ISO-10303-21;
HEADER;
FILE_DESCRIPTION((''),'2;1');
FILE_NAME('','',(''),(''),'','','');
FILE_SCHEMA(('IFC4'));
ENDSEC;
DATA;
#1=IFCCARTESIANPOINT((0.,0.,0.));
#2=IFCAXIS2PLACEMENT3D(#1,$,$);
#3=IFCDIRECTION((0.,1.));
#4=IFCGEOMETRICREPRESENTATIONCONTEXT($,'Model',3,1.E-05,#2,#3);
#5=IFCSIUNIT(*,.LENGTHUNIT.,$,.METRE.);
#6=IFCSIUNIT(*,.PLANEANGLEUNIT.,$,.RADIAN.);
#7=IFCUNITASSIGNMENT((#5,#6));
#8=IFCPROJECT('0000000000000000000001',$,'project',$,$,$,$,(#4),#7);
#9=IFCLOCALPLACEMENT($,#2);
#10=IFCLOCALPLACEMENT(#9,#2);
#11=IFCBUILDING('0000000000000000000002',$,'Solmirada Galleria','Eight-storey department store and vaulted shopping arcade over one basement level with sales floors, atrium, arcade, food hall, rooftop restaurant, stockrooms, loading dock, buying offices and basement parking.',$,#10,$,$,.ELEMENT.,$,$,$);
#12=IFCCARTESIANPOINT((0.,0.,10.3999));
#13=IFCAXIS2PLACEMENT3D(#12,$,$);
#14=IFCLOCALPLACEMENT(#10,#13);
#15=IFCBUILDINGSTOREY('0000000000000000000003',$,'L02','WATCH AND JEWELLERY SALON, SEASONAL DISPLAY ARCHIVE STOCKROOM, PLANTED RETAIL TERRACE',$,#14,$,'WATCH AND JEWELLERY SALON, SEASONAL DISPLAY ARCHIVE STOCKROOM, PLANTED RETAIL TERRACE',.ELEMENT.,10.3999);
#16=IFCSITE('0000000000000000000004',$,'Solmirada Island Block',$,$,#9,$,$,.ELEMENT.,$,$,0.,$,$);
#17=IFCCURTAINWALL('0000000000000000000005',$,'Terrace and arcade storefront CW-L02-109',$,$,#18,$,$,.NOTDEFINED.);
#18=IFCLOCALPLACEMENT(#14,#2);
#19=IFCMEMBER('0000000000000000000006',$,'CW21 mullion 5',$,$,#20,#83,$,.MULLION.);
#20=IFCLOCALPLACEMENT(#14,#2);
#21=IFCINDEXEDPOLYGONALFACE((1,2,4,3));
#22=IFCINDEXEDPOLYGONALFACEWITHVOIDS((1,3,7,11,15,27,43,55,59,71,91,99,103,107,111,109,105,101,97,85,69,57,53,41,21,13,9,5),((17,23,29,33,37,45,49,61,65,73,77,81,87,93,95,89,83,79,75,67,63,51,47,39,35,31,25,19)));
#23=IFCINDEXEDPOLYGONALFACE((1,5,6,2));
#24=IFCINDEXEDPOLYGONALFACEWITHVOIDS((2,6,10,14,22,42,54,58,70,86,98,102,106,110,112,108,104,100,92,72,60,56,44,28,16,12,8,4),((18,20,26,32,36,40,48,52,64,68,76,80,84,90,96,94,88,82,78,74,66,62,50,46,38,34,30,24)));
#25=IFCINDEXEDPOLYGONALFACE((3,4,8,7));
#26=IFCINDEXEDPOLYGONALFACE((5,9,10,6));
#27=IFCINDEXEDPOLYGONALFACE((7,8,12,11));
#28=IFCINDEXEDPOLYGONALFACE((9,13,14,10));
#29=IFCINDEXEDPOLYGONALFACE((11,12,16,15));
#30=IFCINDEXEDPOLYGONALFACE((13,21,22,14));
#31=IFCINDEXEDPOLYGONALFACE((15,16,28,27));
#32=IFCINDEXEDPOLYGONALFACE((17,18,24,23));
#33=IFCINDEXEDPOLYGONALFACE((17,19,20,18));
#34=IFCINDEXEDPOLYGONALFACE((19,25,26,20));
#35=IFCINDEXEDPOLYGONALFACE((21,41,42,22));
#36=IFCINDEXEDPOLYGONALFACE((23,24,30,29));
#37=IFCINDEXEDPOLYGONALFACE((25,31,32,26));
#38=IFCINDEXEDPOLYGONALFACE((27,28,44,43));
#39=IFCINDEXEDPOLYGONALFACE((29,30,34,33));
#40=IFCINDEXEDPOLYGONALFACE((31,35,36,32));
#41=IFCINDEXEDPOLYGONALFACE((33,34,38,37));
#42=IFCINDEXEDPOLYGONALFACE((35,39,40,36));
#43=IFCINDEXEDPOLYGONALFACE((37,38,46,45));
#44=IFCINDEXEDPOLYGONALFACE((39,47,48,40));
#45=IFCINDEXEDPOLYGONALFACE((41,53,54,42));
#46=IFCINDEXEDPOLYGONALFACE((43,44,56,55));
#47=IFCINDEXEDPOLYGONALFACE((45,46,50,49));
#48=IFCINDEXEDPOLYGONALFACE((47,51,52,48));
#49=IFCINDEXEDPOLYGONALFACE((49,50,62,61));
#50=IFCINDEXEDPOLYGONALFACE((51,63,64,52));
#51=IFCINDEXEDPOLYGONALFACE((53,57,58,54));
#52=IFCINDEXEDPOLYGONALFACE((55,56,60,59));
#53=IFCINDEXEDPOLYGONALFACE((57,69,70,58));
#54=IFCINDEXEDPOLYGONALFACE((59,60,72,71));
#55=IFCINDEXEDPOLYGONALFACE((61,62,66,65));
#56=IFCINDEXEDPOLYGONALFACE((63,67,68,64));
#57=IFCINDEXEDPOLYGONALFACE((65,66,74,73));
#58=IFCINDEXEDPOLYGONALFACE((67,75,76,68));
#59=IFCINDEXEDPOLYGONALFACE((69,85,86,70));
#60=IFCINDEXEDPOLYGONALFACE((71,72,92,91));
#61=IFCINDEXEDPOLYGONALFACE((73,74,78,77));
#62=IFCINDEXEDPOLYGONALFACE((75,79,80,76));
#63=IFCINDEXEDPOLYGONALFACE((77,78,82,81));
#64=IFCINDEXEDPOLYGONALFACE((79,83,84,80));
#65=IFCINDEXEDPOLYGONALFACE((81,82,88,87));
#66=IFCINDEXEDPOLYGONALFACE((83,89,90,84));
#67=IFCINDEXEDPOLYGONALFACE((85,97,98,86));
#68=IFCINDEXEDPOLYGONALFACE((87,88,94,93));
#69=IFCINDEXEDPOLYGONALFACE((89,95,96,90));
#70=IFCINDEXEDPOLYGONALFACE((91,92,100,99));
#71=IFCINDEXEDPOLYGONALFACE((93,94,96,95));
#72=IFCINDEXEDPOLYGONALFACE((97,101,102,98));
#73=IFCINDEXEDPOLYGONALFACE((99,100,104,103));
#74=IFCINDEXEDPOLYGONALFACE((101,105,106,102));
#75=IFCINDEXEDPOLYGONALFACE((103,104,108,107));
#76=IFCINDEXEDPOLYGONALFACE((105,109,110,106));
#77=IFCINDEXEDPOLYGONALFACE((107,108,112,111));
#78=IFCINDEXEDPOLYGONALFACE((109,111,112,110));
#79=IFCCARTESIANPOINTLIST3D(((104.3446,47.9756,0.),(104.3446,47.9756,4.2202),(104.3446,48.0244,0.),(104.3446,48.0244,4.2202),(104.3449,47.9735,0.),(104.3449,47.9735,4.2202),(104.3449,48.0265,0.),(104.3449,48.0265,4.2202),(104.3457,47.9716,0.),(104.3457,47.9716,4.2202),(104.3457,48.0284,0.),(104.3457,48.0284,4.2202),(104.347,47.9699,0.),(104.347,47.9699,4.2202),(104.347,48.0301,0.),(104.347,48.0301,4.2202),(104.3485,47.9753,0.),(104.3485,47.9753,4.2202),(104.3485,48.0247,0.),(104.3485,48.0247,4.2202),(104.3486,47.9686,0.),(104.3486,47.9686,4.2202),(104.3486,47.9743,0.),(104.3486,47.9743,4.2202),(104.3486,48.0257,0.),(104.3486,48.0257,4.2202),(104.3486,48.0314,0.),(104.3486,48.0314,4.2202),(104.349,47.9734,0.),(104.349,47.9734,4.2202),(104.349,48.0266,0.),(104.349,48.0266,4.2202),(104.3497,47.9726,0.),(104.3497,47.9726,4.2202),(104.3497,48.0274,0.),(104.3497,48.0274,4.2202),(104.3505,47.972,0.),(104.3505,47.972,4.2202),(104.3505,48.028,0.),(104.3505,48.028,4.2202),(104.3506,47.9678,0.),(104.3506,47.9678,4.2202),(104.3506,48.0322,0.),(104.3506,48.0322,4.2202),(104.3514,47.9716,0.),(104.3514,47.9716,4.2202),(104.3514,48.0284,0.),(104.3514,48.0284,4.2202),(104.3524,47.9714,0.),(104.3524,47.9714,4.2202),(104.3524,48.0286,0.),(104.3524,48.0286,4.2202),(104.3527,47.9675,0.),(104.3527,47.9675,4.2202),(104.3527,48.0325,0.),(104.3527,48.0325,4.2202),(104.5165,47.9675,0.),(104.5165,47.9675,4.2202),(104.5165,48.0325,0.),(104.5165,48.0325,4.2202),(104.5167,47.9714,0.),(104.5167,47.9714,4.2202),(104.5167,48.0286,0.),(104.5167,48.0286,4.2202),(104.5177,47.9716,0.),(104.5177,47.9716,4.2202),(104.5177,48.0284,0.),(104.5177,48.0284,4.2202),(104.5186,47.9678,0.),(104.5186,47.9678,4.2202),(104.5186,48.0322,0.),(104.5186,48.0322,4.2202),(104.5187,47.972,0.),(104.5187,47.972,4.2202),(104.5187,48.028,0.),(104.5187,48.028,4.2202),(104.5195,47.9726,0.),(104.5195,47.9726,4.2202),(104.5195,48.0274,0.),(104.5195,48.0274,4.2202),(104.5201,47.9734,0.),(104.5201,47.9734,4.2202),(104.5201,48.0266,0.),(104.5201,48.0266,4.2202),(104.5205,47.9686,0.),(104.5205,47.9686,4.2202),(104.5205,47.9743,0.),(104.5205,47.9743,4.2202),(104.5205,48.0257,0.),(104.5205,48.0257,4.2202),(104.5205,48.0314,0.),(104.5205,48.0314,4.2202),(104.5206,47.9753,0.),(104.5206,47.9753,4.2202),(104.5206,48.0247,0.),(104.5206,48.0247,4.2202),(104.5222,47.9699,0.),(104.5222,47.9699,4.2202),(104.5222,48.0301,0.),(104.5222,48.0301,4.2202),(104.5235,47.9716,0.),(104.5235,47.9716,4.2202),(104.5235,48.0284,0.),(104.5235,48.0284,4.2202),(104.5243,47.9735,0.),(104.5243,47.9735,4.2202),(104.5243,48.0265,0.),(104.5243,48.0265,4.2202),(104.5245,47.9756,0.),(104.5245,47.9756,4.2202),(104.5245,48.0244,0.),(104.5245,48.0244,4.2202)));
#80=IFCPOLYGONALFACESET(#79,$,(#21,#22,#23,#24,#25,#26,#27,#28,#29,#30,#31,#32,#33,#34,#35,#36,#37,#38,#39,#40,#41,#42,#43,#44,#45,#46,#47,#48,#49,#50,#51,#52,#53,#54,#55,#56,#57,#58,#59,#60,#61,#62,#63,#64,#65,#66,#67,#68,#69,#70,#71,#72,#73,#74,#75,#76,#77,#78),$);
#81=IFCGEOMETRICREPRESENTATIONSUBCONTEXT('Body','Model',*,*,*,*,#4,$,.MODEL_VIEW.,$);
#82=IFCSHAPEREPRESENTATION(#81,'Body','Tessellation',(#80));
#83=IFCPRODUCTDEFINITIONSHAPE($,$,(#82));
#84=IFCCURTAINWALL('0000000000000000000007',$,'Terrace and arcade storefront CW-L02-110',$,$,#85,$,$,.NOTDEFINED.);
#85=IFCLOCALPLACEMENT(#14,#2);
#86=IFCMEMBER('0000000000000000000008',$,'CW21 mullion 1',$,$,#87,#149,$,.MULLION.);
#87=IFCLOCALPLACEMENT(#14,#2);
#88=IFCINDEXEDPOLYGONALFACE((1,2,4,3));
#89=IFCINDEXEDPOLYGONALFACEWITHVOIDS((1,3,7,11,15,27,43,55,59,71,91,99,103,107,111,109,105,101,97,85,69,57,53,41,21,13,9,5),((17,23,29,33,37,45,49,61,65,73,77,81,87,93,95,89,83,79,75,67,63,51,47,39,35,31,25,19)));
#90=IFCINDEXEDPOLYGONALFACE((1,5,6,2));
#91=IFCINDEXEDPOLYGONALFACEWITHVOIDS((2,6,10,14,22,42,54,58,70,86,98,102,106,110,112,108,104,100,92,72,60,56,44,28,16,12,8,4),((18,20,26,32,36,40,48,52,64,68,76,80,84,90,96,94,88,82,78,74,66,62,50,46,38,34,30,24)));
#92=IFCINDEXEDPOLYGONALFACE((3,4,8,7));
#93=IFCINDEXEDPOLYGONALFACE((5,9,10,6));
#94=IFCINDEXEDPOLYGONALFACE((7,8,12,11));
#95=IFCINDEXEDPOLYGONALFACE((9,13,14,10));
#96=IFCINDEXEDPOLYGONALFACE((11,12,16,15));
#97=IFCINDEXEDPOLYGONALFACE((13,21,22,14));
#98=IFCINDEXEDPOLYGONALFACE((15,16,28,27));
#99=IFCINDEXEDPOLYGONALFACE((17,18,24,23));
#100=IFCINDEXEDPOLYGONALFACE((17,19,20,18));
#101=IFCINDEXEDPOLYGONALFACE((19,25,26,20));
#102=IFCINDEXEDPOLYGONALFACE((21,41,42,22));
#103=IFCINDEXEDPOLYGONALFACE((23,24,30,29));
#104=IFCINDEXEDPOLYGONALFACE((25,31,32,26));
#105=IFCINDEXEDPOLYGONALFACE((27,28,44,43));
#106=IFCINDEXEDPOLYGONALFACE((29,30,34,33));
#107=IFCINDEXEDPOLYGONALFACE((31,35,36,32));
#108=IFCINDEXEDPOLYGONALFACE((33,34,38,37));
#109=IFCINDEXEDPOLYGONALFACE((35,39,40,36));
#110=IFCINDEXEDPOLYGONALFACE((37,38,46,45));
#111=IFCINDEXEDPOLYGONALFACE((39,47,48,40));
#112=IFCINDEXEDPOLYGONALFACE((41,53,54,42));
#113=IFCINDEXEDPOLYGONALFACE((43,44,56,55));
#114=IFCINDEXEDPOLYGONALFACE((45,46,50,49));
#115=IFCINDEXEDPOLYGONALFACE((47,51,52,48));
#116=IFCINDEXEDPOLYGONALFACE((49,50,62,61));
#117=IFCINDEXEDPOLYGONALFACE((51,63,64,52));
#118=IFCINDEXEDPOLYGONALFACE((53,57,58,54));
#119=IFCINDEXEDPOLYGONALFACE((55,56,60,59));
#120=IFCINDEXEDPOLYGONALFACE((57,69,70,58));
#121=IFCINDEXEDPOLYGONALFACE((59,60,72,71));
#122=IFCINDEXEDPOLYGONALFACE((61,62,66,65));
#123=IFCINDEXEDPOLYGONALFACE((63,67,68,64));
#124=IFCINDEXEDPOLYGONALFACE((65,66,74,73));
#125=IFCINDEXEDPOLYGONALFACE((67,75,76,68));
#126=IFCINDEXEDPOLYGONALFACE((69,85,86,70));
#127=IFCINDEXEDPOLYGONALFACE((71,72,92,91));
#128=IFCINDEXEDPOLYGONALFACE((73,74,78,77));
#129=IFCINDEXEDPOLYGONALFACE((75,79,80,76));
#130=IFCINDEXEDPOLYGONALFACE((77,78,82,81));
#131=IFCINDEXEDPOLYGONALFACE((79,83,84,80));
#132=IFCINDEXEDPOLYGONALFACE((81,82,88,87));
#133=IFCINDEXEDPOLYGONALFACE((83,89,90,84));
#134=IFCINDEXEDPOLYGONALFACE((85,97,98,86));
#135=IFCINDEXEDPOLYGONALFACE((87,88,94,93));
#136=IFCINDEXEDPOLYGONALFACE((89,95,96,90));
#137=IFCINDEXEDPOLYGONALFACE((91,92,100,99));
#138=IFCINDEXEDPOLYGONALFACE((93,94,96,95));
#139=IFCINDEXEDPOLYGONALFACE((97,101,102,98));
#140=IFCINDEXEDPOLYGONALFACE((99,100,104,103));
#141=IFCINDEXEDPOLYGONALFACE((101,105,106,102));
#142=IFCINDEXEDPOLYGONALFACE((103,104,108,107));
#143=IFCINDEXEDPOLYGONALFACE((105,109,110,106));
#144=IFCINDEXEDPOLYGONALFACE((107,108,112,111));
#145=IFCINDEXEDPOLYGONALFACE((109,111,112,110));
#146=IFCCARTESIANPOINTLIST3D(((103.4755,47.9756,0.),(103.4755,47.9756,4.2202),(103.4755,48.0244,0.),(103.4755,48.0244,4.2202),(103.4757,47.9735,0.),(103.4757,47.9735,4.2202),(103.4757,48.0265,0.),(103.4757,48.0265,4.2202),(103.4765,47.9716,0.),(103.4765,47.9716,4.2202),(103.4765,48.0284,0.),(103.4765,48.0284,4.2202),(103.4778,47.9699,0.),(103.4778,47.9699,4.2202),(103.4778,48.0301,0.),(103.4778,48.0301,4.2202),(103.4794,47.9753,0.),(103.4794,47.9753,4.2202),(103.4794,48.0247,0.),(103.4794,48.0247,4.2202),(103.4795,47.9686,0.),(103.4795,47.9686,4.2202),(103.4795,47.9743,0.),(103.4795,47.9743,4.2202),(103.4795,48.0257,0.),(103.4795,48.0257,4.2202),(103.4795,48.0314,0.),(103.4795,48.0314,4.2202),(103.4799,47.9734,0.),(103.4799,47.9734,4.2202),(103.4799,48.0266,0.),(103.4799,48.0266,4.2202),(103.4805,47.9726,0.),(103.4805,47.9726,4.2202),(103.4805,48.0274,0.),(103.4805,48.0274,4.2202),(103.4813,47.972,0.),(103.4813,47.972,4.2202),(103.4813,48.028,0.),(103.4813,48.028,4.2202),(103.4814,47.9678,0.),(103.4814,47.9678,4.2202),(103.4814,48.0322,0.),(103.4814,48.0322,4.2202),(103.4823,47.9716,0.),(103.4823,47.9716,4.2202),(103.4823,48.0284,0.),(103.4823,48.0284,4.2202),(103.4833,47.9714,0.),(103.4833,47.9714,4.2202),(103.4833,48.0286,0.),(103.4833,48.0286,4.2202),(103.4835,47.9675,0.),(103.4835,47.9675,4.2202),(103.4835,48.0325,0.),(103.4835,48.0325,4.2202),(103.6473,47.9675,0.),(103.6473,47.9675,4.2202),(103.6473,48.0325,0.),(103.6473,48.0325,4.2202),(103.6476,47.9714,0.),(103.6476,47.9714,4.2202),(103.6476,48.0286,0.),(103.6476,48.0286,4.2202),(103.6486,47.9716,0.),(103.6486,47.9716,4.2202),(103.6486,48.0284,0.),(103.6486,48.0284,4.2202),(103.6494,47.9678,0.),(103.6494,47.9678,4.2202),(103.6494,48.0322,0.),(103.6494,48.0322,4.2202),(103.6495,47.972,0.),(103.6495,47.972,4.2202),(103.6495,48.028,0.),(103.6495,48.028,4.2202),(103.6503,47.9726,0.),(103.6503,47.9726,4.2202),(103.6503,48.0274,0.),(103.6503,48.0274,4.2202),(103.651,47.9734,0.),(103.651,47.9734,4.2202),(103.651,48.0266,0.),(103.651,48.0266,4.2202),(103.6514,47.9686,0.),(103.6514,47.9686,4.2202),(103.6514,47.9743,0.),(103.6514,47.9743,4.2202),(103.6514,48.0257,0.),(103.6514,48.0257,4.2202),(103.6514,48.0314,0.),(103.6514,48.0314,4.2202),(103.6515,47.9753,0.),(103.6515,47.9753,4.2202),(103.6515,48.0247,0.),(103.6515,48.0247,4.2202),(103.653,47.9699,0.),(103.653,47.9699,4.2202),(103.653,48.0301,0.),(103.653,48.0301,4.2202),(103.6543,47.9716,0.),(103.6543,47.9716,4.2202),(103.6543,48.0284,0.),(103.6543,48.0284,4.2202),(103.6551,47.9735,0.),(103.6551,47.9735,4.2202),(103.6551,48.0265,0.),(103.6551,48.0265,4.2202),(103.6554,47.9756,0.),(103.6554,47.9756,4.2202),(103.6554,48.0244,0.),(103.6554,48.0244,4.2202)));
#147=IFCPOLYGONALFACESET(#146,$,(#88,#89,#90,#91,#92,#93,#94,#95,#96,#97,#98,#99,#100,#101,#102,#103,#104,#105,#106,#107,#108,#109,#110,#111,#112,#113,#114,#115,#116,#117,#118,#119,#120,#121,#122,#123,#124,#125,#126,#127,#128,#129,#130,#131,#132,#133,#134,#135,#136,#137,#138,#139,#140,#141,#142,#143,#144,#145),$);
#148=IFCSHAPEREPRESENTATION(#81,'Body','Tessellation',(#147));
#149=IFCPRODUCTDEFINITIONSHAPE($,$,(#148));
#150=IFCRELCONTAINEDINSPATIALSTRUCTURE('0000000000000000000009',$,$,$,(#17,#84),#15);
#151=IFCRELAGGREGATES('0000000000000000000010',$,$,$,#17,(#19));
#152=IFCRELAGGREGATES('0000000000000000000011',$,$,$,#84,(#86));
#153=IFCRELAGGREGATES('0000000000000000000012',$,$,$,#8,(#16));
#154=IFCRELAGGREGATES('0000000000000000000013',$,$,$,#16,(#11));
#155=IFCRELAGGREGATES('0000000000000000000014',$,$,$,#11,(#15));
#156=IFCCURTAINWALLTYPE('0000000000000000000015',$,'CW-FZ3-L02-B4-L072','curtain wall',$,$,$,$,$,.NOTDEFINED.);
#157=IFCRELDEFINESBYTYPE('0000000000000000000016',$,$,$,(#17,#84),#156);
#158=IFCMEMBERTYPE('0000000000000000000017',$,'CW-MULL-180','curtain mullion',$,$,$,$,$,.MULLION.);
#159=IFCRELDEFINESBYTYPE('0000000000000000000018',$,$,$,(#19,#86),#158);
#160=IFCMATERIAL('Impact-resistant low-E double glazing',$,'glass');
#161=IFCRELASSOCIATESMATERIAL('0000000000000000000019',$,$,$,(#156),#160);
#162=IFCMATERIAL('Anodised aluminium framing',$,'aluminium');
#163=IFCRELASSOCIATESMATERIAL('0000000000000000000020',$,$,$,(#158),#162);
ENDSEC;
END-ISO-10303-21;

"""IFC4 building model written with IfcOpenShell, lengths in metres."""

from ifc_helpers import new_model, si_unit, direction, frame, origin, origin_2d, place, context, subcontext, project, spatial, hollow_rectangle, extrude, material, material_profile, profile_set, type_object, element, aggregate, save


model = new_model("IFC4")

# Units and contexts
model_context = context("Model", 3, precision=1e-05, world=origin(), true_north=direction((0.0, 1.0)))
body_context = subcontext(model_context, "Body", "Model", "MODEL_VIEW")
ifc_project = project(units=[si_unit("LENGTHUNIT", "METRE"), si_unit("PLANEANGLEUNIT", "RADIAN")], contexts=[model_context])

# Site, building, storey
site_placement = place(None, origin())
site = spatial("IfcSite", under=ifc_project, at=site_placement, Name="Solmirada Island Block", CompositionType="ELEMENT", RefElevation=0.0)
building_placement = place(site_placement, origin())
building = spatial("IfcBuilding", under=site, at=building_placement, Name="Solmirada Galleria", Description="Eight-storey department store and vaulted shopping arcade over one basement level with sales floors, atrium, arcade, food hall, rooftop restaurant, stockrooms, loading dock, buying offices and basement parking.", CompositionType="ELEMENT")
storey_placement = place(building_placement, frame((0.0, 0.0, 10.3999)))
storey = spatial("IfcBuildingStorey", under=building, at=storey_placement, Name="L02", Description="WATCH AND JEWELLERY SALON, SEASONAL DISPLAY ARCHIVE STOCKROOM, PLANTED RETAIL TERRACE", LongName="WATCH AND JEWELLERY SALON, SEASONAL DISPLAY ARCHIVE STOCKROOM, PLANTED RETAIL TERRACE", CompositionType="ELEMENT", Elevation=10.3999)

# Curtain walls, members
ifc_material_1 = material(Name="Impact-resistant low-E double glazing", Category="glass")
curtain_wall_type = type_object("IfcCurtainWallType", Name="CW-FZ3-L02-B4-L072", Description="curtain wall", PredefinedType="NOTDEFINED", material=ifc_material_1)
curtain_wall_1_placement = place(storey_placement, origin())
curtain_wall_1 = element("IfcCurtainWall", 1, at=curtain_wall_1_placement, inside=storey, type_object=curtain_wall_type, Name="Terrace and arcade storefront CW-L02-109", PredefinedType="NOTDEFINED")
ifc_material_2 = material(Name="Anodised aluminium framing", Category="aluminium")
ifc_material_profile_1 = material_profile(ifc_material_2, hollow_rectangle(XDim=0.0649, YDim=0.1799, WallThickness=0.0039, InnerFilletRadius=0.0039, OuterFilletRadius=0.0081, at=origin_2d()), Name="ALU-MULL-180X65")
ifc_profile_set_1 = profile_set([ifc_material_profile_1], Name="Anodised aluminium framing")
member_type_1 = type_object("IfcMemberType", Name="CW-MULL-180", Description="curtain mullion", PredefinedType="MULLION", material=ifc_profile_set_1)
member_1_placement = place(storey_placement, frame((104.4346, 48.0, 0.0), z_axis=(0.0, 0.0, 1.0), x_axis=(0.0, -1.0, 0.0)))
member_1 = element("IfcMember", 2, at=member_1_placement, type_object=member_type_1, Name="CW21 mullion 5", PredefinedType="MULLION", context=body_context, shape_type="SweptSolid", body=[
    extrude(hollow_rectangle(XDim=0.0649, YDim=0.1799, WallThickness=0.0039, InnerFilletRadius=0.0039, OuterFilletRadius=0.0081, at=origin_2d()), origin(), (0.0, 0.0, 1.0), 4.2202),
])
curtain_wall_2_placement = place(storey_placement, origin())
curtain_wall_2 = element("IfcCurtainWall", 3, at=curtain_wall_2_placement, inside=storey, type_object=curtain_wall_type, Name="Terrace and arcade storefront CW-L02-110", PredefinedType="NOTDEFINED")
member_2_placement = place(storey_placement, frame((103.5654, 48.0, 0.0), z_axis=(0.0, 0.0, 1.0), x_axis=(0.0, -1.0, 0.0)))
member_2 = element("IfcMember", 4, at=member_2_placement, type_object=member_type_1, Name="CW21 mullion 1", PredefinedType="MULLION", context=body_context, shape_type="SweptSolid", body=[
    extrude(hollow_rectangle(XDim=0.0649, YDim=0.1799, WallThickness=0.0039, InnerFilletRadius=0.0039, OuterFilletRadius=0.0081, at=origin_2d()), origin(), (0.0, 0.0, 1.0), 4.2202),
])

aggregate(curtain_wall_1, [member_1])
aggregate(curtain_wall_2, [member_2])

save(model, "model.ifc")
